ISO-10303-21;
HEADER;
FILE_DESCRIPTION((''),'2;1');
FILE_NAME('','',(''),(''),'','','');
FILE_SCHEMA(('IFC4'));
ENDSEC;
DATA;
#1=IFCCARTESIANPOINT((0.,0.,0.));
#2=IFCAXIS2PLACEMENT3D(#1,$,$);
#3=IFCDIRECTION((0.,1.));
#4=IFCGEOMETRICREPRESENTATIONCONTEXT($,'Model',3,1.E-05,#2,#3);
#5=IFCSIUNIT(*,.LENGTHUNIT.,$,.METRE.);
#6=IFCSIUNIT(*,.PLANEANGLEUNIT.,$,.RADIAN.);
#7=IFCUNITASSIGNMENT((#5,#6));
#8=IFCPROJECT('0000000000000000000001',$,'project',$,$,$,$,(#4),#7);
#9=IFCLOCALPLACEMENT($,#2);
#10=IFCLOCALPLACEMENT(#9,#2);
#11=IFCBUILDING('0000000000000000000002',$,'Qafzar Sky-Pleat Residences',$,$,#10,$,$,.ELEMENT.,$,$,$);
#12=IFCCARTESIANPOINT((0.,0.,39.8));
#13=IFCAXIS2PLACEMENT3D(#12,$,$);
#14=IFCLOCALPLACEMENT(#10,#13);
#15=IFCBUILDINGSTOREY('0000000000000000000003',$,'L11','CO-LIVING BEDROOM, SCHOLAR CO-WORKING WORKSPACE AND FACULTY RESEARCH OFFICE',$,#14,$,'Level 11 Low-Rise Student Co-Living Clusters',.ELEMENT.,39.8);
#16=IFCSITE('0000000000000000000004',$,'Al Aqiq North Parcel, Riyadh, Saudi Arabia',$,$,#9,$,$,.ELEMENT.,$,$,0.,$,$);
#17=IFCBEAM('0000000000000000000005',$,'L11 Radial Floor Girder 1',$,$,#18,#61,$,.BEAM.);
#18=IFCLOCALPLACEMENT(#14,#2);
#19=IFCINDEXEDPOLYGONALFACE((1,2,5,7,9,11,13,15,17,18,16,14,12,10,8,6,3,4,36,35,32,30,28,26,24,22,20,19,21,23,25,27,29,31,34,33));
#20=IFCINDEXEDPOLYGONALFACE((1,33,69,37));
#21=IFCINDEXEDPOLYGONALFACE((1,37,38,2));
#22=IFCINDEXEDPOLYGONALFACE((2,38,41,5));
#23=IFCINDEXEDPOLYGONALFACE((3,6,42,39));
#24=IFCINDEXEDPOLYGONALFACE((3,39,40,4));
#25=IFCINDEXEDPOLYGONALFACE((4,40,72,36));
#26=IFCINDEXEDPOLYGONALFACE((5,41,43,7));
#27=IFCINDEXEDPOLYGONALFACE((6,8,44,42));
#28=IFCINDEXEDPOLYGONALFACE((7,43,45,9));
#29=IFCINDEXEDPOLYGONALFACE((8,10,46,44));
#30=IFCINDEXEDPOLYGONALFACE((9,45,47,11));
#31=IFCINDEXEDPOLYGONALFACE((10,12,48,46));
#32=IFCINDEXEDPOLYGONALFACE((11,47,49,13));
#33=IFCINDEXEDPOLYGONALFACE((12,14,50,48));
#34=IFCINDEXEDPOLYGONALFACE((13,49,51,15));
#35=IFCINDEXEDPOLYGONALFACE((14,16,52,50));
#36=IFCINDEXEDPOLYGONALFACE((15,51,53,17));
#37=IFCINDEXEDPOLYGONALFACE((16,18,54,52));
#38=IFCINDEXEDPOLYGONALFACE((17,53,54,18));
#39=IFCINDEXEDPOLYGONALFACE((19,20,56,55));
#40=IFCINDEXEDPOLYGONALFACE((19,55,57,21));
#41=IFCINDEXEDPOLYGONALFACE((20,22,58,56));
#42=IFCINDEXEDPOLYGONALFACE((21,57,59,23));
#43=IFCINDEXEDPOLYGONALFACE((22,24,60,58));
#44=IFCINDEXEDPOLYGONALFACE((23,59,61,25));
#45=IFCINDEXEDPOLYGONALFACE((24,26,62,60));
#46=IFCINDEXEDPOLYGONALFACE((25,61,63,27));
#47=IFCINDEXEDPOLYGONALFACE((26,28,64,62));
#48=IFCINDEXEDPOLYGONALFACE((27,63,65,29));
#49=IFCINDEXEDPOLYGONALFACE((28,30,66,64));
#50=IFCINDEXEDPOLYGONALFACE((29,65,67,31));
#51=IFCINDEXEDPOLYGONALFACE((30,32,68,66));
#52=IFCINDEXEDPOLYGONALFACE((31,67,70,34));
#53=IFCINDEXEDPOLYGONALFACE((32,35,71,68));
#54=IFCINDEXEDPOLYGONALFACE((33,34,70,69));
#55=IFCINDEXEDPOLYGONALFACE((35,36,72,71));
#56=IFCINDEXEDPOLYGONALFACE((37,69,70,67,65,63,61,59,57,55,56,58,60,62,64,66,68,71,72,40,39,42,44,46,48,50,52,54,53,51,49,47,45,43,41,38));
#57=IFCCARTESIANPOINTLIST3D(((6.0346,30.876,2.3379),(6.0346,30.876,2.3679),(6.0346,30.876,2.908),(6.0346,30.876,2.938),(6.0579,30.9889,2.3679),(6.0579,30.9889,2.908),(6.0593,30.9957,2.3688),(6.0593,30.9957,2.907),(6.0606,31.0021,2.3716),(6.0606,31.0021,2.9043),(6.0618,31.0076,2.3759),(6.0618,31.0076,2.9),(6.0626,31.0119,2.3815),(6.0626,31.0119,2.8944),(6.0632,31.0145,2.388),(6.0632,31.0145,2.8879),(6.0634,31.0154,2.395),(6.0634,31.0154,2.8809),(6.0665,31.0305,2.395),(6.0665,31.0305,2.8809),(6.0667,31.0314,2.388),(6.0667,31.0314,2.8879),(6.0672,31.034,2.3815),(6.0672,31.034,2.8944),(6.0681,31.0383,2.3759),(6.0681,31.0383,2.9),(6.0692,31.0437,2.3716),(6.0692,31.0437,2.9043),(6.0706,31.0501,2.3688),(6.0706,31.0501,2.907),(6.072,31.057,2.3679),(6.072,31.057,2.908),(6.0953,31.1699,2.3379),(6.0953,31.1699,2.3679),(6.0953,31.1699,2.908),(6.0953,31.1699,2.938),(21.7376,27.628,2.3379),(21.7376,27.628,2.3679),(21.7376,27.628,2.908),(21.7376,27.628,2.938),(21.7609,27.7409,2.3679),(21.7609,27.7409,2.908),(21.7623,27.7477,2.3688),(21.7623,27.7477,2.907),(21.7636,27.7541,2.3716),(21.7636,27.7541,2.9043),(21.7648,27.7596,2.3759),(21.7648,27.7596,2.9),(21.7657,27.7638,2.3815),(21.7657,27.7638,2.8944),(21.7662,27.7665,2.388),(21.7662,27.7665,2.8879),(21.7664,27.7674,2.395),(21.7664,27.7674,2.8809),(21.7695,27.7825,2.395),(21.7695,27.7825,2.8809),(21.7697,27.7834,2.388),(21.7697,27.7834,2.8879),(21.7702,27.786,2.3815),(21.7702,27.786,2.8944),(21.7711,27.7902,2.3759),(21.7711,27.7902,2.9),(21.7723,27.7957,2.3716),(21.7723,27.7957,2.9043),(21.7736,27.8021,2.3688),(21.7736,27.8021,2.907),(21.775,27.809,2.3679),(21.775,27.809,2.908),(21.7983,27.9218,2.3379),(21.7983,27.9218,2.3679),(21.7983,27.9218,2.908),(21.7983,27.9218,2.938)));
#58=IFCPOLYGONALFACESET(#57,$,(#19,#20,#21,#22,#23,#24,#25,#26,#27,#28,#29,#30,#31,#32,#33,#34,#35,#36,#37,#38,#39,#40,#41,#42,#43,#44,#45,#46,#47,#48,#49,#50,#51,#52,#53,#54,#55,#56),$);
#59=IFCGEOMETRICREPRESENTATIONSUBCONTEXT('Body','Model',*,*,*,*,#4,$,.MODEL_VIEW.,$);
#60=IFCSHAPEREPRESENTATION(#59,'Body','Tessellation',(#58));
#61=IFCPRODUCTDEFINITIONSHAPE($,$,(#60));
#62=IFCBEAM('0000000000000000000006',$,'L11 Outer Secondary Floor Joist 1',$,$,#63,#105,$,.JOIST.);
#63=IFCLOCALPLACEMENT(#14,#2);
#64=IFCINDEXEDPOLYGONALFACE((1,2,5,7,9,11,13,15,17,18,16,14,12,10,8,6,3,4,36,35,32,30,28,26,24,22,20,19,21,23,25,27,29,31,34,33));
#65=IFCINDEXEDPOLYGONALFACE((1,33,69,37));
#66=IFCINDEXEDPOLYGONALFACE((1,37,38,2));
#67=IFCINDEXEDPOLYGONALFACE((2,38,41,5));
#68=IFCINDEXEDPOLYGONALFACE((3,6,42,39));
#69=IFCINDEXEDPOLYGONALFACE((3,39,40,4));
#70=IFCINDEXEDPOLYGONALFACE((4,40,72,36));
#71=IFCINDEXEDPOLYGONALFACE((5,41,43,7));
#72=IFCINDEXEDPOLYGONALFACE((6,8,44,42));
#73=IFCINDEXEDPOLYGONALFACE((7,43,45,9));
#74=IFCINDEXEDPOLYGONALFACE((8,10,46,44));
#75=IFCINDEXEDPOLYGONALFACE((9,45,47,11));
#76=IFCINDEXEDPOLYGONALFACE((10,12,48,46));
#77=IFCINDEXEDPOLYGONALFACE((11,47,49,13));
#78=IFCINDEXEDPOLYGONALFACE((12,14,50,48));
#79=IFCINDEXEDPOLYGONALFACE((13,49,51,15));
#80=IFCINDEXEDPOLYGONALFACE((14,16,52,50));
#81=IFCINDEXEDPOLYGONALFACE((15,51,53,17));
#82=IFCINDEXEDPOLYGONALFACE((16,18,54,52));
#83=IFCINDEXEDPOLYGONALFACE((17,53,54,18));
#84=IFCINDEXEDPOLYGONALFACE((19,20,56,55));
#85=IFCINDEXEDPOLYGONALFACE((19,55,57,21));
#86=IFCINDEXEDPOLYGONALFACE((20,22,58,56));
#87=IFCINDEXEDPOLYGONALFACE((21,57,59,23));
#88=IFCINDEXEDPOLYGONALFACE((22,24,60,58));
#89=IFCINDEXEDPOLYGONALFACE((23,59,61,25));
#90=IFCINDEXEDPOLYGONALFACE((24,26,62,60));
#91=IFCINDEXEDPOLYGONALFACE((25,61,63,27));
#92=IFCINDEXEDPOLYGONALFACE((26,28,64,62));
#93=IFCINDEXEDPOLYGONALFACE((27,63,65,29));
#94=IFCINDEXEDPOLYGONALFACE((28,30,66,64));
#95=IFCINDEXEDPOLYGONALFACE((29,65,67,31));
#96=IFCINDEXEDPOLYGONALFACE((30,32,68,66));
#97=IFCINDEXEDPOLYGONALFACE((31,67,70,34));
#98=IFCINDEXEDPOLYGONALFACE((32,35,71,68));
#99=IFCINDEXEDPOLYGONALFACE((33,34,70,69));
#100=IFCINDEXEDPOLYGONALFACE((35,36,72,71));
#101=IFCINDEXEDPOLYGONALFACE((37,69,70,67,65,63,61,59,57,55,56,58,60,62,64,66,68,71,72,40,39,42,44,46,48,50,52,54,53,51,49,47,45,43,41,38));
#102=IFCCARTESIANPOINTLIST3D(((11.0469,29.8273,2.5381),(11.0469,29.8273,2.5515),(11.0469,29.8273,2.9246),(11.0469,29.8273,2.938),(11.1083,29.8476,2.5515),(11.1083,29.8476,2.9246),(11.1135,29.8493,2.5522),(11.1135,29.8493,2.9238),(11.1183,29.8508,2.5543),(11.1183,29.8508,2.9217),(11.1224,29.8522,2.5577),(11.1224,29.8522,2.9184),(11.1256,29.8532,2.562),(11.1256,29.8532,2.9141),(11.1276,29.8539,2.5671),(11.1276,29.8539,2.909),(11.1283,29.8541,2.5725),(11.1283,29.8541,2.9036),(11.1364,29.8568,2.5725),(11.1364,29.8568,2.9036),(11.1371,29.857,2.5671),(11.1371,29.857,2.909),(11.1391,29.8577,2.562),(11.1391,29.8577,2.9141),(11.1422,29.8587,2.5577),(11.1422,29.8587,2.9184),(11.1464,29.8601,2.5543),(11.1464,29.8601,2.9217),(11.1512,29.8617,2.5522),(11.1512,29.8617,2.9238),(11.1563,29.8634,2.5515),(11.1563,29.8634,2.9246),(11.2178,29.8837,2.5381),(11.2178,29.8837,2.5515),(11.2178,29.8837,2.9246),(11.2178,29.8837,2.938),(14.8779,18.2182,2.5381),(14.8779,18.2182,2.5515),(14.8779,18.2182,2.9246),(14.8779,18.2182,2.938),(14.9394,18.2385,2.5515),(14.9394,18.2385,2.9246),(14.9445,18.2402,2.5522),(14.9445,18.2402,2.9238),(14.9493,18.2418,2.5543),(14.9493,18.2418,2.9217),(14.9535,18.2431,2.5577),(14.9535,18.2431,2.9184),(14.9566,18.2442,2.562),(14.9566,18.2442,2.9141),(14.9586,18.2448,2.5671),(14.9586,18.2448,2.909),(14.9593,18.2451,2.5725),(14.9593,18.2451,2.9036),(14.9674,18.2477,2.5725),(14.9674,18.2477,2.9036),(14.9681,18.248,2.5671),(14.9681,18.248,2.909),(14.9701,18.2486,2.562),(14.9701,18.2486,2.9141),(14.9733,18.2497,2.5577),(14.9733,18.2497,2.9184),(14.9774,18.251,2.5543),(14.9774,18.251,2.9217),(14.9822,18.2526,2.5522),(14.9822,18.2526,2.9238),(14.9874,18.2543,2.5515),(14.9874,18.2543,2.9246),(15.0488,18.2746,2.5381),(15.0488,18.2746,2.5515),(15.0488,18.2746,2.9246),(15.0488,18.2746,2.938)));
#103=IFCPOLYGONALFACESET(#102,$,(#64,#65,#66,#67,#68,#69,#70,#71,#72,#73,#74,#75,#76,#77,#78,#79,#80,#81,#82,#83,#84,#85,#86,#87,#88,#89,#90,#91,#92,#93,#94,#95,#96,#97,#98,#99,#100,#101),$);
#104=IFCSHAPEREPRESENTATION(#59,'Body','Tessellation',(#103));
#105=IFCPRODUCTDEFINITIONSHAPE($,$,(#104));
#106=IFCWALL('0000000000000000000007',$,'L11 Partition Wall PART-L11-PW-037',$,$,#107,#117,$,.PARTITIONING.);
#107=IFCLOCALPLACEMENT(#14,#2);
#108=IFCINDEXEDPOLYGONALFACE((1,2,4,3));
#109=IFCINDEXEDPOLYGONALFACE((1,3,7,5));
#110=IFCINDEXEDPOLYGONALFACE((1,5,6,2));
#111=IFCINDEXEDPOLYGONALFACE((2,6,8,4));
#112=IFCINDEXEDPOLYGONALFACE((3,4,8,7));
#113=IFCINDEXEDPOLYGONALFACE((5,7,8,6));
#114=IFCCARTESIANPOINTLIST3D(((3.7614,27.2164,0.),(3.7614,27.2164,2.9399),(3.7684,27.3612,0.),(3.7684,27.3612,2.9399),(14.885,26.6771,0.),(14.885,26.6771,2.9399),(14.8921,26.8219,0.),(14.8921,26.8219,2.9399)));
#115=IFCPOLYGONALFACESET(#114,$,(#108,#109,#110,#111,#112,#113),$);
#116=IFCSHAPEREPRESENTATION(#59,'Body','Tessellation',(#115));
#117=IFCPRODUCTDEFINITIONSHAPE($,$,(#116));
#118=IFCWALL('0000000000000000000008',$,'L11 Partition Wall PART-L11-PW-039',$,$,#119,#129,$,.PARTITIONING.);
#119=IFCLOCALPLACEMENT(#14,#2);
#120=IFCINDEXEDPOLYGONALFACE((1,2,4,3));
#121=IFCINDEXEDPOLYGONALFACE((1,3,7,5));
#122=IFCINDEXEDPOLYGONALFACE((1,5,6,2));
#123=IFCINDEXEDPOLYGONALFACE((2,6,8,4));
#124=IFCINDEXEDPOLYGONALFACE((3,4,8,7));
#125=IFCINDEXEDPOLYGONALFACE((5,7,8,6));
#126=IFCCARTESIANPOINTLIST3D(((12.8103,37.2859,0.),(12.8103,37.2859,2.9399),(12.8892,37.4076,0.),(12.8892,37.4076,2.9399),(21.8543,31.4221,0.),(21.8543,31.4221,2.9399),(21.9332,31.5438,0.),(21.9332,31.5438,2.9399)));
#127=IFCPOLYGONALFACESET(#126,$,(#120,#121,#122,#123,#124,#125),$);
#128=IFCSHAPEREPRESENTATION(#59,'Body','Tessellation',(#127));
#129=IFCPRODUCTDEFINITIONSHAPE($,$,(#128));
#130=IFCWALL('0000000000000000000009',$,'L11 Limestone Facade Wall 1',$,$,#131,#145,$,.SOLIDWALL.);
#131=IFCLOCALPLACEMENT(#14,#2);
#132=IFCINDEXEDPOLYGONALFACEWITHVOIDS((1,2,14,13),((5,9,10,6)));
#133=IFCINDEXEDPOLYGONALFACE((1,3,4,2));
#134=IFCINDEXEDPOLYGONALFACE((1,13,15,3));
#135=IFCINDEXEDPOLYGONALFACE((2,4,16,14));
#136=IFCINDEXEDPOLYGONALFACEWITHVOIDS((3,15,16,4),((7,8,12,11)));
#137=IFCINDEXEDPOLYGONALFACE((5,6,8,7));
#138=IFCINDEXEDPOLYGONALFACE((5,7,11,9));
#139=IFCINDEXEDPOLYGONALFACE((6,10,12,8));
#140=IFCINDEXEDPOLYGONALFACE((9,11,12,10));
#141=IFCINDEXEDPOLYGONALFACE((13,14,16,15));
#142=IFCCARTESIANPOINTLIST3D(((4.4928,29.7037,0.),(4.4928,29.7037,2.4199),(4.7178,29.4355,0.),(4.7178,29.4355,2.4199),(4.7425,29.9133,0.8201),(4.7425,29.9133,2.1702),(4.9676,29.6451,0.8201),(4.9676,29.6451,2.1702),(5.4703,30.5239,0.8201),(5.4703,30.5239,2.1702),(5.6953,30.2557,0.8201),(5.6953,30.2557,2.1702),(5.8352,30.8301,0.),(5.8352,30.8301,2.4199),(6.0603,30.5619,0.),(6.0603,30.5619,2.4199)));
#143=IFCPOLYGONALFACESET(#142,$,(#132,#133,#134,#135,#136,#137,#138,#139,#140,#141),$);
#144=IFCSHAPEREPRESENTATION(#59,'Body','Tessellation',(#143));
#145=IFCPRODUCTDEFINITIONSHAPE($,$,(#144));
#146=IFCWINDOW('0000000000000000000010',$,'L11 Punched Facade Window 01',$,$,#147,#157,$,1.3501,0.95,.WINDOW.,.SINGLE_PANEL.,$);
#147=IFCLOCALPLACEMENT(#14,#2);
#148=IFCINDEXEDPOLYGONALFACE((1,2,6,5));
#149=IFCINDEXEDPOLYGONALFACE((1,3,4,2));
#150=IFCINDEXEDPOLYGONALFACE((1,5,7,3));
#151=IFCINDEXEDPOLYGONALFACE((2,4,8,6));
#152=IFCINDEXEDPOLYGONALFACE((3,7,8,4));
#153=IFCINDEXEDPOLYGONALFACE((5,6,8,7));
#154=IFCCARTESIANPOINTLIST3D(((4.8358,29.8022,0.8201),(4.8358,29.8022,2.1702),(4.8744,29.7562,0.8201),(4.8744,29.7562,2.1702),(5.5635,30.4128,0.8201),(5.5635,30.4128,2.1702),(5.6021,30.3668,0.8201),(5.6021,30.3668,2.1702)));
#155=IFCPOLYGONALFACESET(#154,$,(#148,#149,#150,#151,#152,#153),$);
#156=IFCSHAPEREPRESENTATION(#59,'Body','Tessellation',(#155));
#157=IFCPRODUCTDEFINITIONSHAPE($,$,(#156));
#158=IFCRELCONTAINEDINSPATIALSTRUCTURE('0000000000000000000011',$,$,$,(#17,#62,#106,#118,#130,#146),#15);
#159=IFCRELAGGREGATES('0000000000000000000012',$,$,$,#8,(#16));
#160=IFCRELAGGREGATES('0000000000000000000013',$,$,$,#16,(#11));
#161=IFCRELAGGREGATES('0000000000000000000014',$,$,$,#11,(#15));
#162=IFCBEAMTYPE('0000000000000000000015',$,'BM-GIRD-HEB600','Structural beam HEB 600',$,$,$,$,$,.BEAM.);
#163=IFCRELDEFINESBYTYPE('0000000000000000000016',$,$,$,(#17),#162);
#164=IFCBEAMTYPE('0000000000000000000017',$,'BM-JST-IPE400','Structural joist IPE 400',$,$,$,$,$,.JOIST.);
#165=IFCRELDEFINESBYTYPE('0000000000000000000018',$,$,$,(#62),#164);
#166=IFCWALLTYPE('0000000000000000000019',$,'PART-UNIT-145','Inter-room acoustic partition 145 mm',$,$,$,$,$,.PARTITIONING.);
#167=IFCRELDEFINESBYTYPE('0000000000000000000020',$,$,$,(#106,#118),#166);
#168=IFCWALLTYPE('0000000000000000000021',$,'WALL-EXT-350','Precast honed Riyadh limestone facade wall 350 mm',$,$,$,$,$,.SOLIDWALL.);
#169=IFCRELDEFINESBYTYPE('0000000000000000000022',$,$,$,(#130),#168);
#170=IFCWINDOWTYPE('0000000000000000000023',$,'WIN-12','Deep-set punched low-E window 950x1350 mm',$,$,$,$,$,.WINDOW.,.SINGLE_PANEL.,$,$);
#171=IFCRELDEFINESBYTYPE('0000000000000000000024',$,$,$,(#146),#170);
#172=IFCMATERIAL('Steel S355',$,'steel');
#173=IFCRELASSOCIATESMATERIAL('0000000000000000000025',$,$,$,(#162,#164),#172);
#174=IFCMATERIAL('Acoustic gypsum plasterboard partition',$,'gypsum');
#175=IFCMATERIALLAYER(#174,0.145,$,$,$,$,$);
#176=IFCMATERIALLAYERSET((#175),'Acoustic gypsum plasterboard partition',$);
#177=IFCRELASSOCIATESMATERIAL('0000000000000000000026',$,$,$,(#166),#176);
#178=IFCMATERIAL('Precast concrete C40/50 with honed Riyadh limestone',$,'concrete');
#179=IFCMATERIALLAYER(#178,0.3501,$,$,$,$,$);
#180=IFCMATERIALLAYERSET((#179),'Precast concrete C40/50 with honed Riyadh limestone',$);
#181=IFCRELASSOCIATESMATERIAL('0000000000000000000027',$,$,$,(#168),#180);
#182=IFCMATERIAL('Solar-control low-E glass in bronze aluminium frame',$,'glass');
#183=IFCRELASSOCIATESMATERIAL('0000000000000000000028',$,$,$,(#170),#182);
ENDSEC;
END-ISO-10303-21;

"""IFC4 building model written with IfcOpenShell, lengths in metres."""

from ifc_helpers import new_model, si_unit, direction, frame, frame_2d, origin, origin_2d, place, context, subcontext, project, spatial, rectangle, i_section, extrude, source, transform, mapped, material, layer, layer_set, material_profile, profile_set, type_object, element, fill, save


model = new_model("IFC4")

# Units and contexts
model_context = context("Model", 3, precision=1e-05, world=origin(), true_north=direction((0.0, 1.0)))
body_context = subcontext(model_context, "Body", "Model", "MODEL_VIEW")
ifc_project = project(units=[si_unit("LENGTHUNIT", "METRE"), si_unit("PLANEANGLEUNIT", "RADIAN")], contexts=[model_context])

# Site, building, storey
site_placement = place(None, origin())
site = spatial("IfcSite", under=ifc_project, at=site_placement, Name="Al Aqiq North Parcel, Riyadh, Saudi Arabia", CompositionType="ELEMENT", RefElevation=0.0)
building_placement = place(site_placement, origin())
building = spatial("IfcBuilding", under=site, at=building_placement, Name="Qafzar Sky-Pleat Residences", CompositionType="ELEMENT")
storey_placement = place(building_placement, frame((0.0, 0.0, 39.8)))
storey = spatial("IfcBuildingStorey", under=building, at=storey_placement, Name="L11", Description="CO-LIVING BEDROOM, SCHOLAR CO-WORKING WORKSPACE AND FACULTY RESEARCH OFFICE", LongName="Level 11 Low-Rise Student Co-Living Clusters", CompositionType="ELEMENT", Elevation=39.8)

# Beams
ifc_material_1 = material(Name="Steel S355", Category="steel")
ifc_material_profile_1 = material_profile(ifc_material_1, i_section(OverallWidth=0.3, OverallDepth=0.6001, WebThickness=0.0154, FlangeThickness=0.03, FilletRadius=0.0271, at=origin_2d()), Name="HEB 600")
ifc_profile_set_1 = profile_set([ifc_material_profile_1], Name="Steel S355")
beam_type_1 = type_object("IfcBeamType", Name="BM-GIRD-HEB600", Description="Structural beam HEB 600", PredefinedType="BEAM", material=ifc_profile_set_1)
shared_shape_1 = source(origin(), body_context, "Body", "SweptSolid", [
    extrude(i_section(OverallWidth=0.3, OverallDepth=0.6001, WebThickness=0.0154, FlangeThickness=0.03, FilletRadius=0.0271, at=origin_2d()), origin(), (0.0, 0.0, 1.0), 16.0354),
])
beam_1_placement = place(storey_placement, frame((6.0649, 31.0229, 2.6379), z_axis=(0.979271, -0.202553, 0.0), x_axis=(0.202553, 0.979271, 0.0)))
element("IfcBeam", 1, at=beam_1_placement, inside=storey, type_object=beam_type_1, Name="L11 Radial Floor Girder 1", PredefinedType="BEAM", context=body_context, shape_type="MappedRepresentation", body=[
    mapped(shared_shape_1, transform((0.0, 0.0, 0.0), x_axis=(1.0, 0.0, 0.0), y_axis=(0.0, 1.0, 0.0), z_axis=(0.0, 0.0, 1.0), scale=1.0)),
])
ifc_material_profile_2 = material_profile(ifc_material_1, i_section(OverallWidth=0.1799, OverallDepth=0.3999, WebThickness=0.0085, FlangeThickness=0.0134, FilletRadius=0.021, at=origin_2d()), Name="IPE 400")
ifc_profile_set_2 = profile_set([ifc_material_profile_2], Name="Steel S355")
beam_type_2 = type_object("IfcBeamType", Name="BM-JST-IPE400", Description="Structural joist IPE 400", PredefinedType="JOIST", material=ifc_profile_set_2)
shared_shape_2 = source(origin(), body_context, "Body", "SweptSolid", [
    extrude(i_section(OverallWidth=0.1799, OverallDepth=0.3999, WebThickness=0.0085, FlangeThickness=0.0134, FilletRadius=0.021, at=origin_2d()), origin(), (0.0, 0.0, 1.0), 12.2249),
])
beam_2_placement = place(storey_placement, frame((11.1323, 29.8555, 2.738), z_axis=(0.313381, -0.949628, 0.0), x_axis=(0.949628, 0.313381, 0.0)))
element("IfcBeam", 2, at=beam_2_placement, inside=storey, type_object=beam_type_2, Name="L11 Outer Secondary Floor Joist 1", PredefinedType="JOIST", context=body_context, shape_type="MappedRepresentation", body=[
    mapped(shared_shape_2, transform((0.0, 0.0, 0.0), x_axis=(1.0, 0.0, 0.0), y_axis=(0.0, 1.0, 0.0), z_axis=(0.0, 0.0, 1.0), scale=1.0)),
])

# Walls
ifc_material_2 = material(Name="Acoustic gypsum plasterboard partition", Category="gypsum")
ifc_layer_1 = layer(ifc_material_2, 0.145)
ifc_layer_set_1 = layer_set([ifc_layer_1], Name="Acoustic gypsum plasterboard partition")
wall_type_1 = type_object("IfcWallType", Name="PART-UNIT-145", Description="Inter-room acoustic partition 145 mm", PredefinedType="PARTITIONING", material=ifc_layer_set_1)
wall_1_placement = place(storey_placement, frame((3.7649, 27.2888, 0.0), z_axis=(0.0, 0.0, 1.0), x_axis=(0.998827, -0.048427, 0.0)))
element("IfcWall", 3, at=wall_1_placement, inside=storey, type_object=wall_type_1, Name="L11 Partition Wall PART-L11-PW-037", PredefinedType="PARTITIONING", context=body_context, shape_type="SweptSolid", body=[
    extrude(rectangle(XDim=11.1367, YDim=0.145, at=frame_2d((5.5684, 0.0))), origin(), (0.0, 0.0, 1.0), 2.9399),
])
wall_2_placement = place(storey_placement, frame((12.8499, 37.3467, 0.0), z_axis=(0.0, 0.0, 1.0), x_axis=(0.83907, -0.544023, 0.0)))
element("IfcWall", 4, at=wall_2_placement, inside=storey, type_object=wall_type_1, Name="L11 Partition Wall PART-L11-PW-039", PredefinedType="PARTITIONING", context=body_context, shape_type="SweptSolid", body=[
    extrude(rectangle(XDim=10.7786, YDim=0.145, at=frame_2d((5.3892, 0.0))), origin(), (0.0, 0.0, 1.0), 2.9399),
])

# Wall, opening, window
ifc_material_3 = material(Name="Precast concrete C40/50 with honed Riyadh limestone", Category="concrete")
ifc_layer_2 = layer(ifc_material_3, 0.3501)
ifc_layer_set_2 = layer_set([ifc_layer_2], Name="Precast concrete C40/50 with honed Riyadh limestone")
wall_type_2 = type_object("IfcWallType", Name="WALL-EXT-350", Description="Precast honed Riyadh limestone facade wall 350 mm", PredefinedType="SOLIDWALL", material=ifc_layer_set_2)
wall_3_placement = place(storey_placement, frame((5.9478, 30.696, 0.0), z_axis=(0.0, 0.0, 1.0), x_axis=(-0.766059, -0.642771, 0.0)))
wall_3 = element("IfcWall", 5, at=wall_3_placement, inside=storey, type_object=wall_type_2, Name="L11 Limestone Facade Wall 1", PredefinedType="SOLIDWALL", context=body_context, shape_type="SweptSolid", body=[
    extrude(rectangle(XDim=1.7524, YDim=0.3501, at=frame_2d((0.8762, 0.0))), origin(), (0.0, 0.0, 1.0), 2.4199),
])
opening_1_placement = place(wall_3_placement, frame((0.4763, 0.0, 0.8201)))
opening_1 = element("IfcOpeningElement", 6, at=opening_1_placement, cuts=wall_3, PredefinedType="OPENING", context=body_context, shape_type="SweptSolid", body=[
    extrude(rectangle(XDim=0.95, YDim=1.3501, at=frame_2d((0.4751, 0.675))), frame((0.0, 0.1851, 0.0), z_axis=(0.0, -1.0, 0.0), x_axis=(1.0, 0.0, 0.0)), (0.0, 0.0, 1.0), 0.3701),
])
ifc_material_4 = material(Name="Solar-control low-E glass in bronze aluminium frame", Category="glass")
window_type_1 = type_object("IfcWindowType", Name="WIN-12", Description="Deep-set punched low-E window 950x1350 mm", PartitioningType="SINGLE_PANEL", PredefinedType="WINDOW", material=ifc_material_4)
shared_shape_3 = source(origin(), body_context, "Body", "SweptSolid", [
    extrude(rectangle(XDim=0.95, YDim=1.3501, at=frame_2d((0.4751, 0.675))), frame((0.0, 0.03, 0.0), z_axis=(0.0, -1.0, 0.0), x_axis=(1.0, 0.0, 0.0)), (0.0, 0.0, 1.0), 0.0601),
])
window_1_placement = place(opening_1_placement, origin())
window_1 = element("IfcWindow", 7, at=window_1_placement, inside=storey, type_object=window_type_1, Name="L11 Punched Facade Window 01", OverallHeight=1.3501, OverallWidth=0.95, PartitioningType="SINGLE_PANEL", PredefinedType="WINDOW", context=body_context, shape_type="MappedRepresentation", body=[
    mapped(shared_shape_3, transform((0.0, 0.0, 0.0), x_axis=(1.0, 0.0, 0.0), y_axis=(0.0, 1.0, 0.0), z_axis=(0.0, 0.0, 1.0), scale=1.0)),
])
fill(opening_1, window_1)

save(model, "model.ifc")
